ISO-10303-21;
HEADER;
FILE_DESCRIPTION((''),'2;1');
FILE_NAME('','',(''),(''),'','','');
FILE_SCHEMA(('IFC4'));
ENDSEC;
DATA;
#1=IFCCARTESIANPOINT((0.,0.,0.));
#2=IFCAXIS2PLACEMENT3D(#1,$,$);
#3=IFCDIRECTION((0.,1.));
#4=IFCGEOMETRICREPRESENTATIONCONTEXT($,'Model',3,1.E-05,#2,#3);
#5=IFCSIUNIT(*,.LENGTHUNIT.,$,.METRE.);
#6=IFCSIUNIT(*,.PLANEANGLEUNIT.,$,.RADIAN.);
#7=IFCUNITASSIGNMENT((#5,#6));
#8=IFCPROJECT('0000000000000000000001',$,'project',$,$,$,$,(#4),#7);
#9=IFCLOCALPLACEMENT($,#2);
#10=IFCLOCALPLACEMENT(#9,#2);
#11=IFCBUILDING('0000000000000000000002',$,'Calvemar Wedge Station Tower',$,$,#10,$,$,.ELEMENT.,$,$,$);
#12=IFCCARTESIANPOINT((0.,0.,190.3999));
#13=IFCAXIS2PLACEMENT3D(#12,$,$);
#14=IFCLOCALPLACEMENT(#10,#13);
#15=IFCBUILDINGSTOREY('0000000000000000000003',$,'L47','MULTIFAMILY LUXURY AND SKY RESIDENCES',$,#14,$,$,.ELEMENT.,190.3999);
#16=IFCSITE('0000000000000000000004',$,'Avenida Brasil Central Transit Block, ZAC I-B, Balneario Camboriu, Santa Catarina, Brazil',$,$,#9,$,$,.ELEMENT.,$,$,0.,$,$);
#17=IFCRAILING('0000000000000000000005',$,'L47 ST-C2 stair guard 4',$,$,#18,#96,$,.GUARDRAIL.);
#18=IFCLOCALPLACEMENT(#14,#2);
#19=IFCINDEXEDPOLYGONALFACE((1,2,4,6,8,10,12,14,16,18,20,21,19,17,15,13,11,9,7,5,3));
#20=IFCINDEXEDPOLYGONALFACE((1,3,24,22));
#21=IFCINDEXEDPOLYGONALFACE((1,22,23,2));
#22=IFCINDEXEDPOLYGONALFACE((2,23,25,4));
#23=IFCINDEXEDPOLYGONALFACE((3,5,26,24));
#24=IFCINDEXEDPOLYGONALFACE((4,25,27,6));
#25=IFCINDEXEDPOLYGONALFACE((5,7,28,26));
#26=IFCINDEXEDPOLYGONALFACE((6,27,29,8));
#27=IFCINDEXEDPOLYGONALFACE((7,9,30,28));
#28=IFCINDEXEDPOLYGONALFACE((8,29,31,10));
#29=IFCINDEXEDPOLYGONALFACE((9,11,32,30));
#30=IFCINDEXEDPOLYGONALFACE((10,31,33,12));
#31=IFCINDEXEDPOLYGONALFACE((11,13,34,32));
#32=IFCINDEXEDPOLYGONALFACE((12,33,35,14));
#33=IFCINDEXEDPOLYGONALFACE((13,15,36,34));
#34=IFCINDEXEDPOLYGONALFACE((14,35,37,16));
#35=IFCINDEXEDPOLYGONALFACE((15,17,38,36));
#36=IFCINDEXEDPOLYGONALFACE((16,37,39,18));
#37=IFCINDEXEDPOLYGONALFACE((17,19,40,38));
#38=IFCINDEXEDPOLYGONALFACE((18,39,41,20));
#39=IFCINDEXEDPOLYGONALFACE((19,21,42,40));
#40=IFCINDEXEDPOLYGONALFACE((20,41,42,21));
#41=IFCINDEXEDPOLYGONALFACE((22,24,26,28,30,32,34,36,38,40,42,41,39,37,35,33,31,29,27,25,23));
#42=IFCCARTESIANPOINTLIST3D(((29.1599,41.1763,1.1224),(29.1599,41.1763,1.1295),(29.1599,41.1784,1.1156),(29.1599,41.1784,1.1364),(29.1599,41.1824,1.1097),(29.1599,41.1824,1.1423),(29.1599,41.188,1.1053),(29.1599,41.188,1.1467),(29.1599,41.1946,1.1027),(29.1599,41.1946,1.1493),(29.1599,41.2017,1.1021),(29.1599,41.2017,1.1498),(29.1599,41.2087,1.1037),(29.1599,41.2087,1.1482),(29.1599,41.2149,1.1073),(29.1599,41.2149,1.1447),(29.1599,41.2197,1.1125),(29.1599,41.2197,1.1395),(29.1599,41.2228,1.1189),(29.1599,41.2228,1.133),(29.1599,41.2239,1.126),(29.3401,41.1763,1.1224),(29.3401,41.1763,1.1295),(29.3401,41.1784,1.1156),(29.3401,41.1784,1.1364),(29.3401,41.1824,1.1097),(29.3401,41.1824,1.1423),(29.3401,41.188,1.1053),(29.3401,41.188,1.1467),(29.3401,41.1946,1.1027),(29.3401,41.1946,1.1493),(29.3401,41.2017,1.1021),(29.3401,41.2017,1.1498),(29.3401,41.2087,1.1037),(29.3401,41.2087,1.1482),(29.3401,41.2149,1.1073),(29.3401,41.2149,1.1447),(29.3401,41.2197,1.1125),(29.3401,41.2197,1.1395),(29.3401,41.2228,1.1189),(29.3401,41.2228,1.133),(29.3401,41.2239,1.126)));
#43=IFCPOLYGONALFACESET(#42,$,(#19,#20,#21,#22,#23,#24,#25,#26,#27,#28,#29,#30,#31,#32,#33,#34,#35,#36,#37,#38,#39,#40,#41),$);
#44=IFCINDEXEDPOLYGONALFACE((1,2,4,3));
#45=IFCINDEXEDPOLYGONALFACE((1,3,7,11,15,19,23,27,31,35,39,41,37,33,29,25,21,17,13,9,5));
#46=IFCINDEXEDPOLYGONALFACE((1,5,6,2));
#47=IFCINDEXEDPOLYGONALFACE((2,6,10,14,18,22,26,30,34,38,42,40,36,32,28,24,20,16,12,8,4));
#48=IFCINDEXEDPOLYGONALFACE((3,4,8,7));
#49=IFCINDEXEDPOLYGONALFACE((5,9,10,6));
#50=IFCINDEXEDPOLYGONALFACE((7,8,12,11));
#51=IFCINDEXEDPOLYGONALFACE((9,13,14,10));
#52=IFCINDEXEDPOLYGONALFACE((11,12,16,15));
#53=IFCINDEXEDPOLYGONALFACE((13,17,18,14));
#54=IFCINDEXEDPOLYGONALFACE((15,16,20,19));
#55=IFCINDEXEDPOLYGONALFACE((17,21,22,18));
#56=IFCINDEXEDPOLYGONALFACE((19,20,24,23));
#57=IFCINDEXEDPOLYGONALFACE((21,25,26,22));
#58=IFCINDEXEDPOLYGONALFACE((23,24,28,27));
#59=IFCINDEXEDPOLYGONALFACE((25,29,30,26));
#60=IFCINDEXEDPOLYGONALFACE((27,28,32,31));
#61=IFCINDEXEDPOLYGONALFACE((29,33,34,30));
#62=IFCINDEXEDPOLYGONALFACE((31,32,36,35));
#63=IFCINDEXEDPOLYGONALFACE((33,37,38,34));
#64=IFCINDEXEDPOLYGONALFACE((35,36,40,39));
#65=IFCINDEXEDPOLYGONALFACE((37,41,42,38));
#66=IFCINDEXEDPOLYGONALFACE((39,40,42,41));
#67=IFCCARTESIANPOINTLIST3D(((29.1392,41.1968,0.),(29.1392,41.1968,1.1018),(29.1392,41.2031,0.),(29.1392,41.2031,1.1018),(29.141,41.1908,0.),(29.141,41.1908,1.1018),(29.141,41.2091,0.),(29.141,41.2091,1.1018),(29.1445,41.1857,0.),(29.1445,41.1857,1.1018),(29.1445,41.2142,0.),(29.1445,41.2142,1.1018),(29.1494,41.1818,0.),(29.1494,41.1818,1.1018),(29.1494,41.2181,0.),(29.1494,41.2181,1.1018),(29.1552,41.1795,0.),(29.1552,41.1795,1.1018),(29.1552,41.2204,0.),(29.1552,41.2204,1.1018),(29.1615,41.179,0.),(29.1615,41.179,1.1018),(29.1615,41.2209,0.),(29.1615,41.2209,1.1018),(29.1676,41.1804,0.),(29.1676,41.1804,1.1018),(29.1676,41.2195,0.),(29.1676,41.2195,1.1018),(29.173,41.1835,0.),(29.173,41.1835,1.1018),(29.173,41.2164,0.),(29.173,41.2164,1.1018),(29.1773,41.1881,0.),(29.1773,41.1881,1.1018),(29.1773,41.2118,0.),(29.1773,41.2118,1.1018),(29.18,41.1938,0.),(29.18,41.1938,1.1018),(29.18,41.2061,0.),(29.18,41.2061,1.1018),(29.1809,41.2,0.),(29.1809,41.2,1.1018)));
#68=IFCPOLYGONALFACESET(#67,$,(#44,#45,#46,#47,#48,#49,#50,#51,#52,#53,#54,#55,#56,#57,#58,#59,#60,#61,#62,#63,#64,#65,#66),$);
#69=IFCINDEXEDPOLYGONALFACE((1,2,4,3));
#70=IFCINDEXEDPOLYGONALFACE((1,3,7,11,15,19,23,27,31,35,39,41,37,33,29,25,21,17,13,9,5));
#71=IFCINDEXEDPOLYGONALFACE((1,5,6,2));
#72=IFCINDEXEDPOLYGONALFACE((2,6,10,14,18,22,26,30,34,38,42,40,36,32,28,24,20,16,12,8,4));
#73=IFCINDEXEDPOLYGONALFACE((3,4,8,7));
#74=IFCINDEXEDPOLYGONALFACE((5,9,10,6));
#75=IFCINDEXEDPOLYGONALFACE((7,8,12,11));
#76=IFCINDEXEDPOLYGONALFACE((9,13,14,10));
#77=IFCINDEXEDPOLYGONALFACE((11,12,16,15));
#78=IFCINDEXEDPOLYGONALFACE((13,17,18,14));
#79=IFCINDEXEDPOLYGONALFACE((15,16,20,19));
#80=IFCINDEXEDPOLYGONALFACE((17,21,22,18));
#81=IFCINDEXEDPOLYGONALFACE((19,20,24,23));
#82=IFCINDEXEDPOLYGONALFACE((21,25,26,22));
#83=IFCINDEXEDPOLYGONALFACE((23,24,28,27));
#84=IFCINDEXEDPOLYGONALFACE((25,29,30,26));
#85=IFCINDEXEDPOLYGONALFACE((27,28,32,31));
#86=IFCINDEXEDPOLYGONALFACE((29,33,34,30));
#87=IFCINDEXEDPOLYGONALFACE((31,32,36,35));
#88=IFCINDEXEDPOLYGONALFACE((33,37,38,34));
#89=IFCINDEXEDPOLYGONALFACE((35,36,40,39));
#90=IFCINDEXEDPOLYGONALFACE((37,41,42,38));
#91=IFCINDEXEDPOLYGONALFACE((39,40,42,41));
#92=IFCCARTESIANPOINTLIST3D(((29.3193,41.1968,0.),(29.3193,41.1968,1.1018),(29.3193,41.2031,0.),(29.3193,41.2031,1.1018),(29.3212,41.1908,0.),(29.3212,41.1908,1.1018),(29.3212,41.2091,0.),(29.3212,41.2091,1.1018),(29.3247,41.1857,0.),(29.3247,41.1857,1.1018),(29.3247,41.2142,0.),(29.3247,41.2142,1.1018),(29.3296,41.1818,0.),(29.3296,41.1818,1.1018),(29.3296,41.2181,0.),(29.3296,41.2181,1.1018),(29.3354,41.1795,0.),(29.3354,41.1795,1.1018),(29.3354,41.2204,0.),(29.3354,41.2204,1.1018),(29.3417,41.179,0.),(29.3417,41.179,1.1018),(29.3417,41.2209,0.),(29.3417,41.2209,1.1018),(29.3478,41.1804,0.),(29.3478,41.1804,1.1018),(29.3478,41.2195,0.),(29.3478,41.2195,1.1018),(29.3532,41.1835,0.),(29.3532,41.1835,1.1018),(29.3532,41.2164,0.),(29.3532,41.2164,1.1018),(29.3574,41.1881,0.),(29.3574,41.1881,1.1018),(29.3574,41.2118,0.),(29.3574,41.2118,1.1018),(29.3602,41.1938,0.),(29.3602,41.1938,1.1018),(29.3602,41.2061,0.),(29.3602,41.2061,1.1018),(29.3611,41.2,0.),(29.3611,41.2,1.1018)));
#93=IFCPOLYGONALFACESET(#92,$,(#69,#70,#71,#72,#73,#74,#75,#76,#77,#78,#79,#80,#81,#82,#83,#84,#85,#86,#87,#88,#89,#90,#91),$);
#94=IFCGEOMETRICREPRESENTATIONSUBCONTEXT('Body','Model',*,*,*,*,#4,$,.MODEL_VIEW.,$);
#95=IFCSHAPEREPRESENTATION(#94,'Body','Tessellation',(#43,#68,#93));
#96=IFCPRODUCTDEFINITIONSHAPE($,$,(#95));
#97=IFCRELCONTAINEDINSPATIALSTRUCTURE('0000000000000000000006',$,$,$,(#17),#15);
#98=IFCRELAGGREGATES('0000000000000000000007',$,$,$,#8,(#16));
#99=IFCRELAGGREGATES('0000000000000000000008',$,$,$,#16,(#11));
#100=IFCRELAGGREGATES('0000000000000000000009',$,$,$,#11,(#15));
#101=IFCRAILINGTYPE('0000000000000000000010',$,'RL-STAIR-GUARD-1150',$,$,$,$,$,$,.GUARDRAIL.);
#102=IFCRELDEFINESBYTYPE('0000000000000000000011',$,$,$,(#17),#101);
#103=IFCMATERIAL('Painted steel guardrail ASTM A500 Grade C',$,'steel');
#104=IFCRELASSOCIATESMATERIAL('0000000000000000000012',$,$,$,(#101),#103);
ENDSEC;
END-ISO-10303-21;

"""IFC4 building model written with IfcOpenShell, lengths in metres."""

from ifc_helpers import new_model, si_unit, direction, frame, origin, origin_2d, place, context, subcontext, project, spatial, circle, extrude, material, type_object, element, save


model = new_model("IFC4")

# Units and contexts
model_context = context("Model", 3, precision=1e-05, world=origin(), true_north=direction((0.0, 1.0)))
body_context = subcontext(model_context, "Body", "Model", "MODEL_VIEW")
ifc_project = project(units=[si_unit("LENGTHUNIT", "METRE"), si_unit("PLANEANGLEUNIT", "RADIAN")], contexts=[model_context])

# Site, building, storey
site_placement = place(None, origin())
site = spatial("IfcSite", under=ifc_project, at=site_placement, Name="Avenida Brasil Central Transit Block, ZAC I-B, Balneario Camboriu, Santa Catarina, Brazil", CompositionType="ELEMENT", RefElevation=0.0)
building_placement = place(site_placement, origin())
building = spatial("IfcBuilding", under=site, at=building_placement, Name="Calvemar Wedge Station Tower", CompositionType="ELEMENT")
storey_placement = place(building_placement, frame((0.0, 0.0, 190.3999)))
storey = spatial("IfcBuildingStorey", under=building, at=storey_placement, Name="L47", Description="MULTIFAMILY LUXURY AND SKY RESIDENCES", CompositionType="ELEMENT", Elevation=190.3999)

# Railing
ifc_material_1 = material(Name="Painted steel guardrail ASTM A500 Grade C", Category="steel")
railing_type_1 = type_object("IfcRailingType", Name="RL-STAIR-GUARD-1150", PredefinedType="GUARDRAIL", material=ifc_material_1)
railing_1_placement = place(storey_placement, frame((29.1599, 41.2, 0.0)))
element("IfcRailing", 1, at=railing_1_placement, inside=storey, type_object=railing_type_1, Name="L47 ST-C2 stair guard 4", PredefinedType="GUARDRAIL", context=body_context, shape_type="SweptSolid", body=[
    extrude(circle(Radius=0.0239, at=origin_2d()), frame((0.0, 0.0, 1.126), z_axis=(1.0, 0.0, 0.0), x_axis=(0.0, 1.0, 0.0)), (0.0, 0.0, 1.0), 0.1802),
    extrude(circle(Radius=0.021, at=origin_2d()), origin(), (0.0, 0.0, 1.0), 1.1018),
    extrude(circle(Radius=0.021, at=origin_2d()), frame((0.1802, 0.0, 0.0)), (0.0, 0.0, 1.0), 1.1018),
])

save(model, "model.ifc")
